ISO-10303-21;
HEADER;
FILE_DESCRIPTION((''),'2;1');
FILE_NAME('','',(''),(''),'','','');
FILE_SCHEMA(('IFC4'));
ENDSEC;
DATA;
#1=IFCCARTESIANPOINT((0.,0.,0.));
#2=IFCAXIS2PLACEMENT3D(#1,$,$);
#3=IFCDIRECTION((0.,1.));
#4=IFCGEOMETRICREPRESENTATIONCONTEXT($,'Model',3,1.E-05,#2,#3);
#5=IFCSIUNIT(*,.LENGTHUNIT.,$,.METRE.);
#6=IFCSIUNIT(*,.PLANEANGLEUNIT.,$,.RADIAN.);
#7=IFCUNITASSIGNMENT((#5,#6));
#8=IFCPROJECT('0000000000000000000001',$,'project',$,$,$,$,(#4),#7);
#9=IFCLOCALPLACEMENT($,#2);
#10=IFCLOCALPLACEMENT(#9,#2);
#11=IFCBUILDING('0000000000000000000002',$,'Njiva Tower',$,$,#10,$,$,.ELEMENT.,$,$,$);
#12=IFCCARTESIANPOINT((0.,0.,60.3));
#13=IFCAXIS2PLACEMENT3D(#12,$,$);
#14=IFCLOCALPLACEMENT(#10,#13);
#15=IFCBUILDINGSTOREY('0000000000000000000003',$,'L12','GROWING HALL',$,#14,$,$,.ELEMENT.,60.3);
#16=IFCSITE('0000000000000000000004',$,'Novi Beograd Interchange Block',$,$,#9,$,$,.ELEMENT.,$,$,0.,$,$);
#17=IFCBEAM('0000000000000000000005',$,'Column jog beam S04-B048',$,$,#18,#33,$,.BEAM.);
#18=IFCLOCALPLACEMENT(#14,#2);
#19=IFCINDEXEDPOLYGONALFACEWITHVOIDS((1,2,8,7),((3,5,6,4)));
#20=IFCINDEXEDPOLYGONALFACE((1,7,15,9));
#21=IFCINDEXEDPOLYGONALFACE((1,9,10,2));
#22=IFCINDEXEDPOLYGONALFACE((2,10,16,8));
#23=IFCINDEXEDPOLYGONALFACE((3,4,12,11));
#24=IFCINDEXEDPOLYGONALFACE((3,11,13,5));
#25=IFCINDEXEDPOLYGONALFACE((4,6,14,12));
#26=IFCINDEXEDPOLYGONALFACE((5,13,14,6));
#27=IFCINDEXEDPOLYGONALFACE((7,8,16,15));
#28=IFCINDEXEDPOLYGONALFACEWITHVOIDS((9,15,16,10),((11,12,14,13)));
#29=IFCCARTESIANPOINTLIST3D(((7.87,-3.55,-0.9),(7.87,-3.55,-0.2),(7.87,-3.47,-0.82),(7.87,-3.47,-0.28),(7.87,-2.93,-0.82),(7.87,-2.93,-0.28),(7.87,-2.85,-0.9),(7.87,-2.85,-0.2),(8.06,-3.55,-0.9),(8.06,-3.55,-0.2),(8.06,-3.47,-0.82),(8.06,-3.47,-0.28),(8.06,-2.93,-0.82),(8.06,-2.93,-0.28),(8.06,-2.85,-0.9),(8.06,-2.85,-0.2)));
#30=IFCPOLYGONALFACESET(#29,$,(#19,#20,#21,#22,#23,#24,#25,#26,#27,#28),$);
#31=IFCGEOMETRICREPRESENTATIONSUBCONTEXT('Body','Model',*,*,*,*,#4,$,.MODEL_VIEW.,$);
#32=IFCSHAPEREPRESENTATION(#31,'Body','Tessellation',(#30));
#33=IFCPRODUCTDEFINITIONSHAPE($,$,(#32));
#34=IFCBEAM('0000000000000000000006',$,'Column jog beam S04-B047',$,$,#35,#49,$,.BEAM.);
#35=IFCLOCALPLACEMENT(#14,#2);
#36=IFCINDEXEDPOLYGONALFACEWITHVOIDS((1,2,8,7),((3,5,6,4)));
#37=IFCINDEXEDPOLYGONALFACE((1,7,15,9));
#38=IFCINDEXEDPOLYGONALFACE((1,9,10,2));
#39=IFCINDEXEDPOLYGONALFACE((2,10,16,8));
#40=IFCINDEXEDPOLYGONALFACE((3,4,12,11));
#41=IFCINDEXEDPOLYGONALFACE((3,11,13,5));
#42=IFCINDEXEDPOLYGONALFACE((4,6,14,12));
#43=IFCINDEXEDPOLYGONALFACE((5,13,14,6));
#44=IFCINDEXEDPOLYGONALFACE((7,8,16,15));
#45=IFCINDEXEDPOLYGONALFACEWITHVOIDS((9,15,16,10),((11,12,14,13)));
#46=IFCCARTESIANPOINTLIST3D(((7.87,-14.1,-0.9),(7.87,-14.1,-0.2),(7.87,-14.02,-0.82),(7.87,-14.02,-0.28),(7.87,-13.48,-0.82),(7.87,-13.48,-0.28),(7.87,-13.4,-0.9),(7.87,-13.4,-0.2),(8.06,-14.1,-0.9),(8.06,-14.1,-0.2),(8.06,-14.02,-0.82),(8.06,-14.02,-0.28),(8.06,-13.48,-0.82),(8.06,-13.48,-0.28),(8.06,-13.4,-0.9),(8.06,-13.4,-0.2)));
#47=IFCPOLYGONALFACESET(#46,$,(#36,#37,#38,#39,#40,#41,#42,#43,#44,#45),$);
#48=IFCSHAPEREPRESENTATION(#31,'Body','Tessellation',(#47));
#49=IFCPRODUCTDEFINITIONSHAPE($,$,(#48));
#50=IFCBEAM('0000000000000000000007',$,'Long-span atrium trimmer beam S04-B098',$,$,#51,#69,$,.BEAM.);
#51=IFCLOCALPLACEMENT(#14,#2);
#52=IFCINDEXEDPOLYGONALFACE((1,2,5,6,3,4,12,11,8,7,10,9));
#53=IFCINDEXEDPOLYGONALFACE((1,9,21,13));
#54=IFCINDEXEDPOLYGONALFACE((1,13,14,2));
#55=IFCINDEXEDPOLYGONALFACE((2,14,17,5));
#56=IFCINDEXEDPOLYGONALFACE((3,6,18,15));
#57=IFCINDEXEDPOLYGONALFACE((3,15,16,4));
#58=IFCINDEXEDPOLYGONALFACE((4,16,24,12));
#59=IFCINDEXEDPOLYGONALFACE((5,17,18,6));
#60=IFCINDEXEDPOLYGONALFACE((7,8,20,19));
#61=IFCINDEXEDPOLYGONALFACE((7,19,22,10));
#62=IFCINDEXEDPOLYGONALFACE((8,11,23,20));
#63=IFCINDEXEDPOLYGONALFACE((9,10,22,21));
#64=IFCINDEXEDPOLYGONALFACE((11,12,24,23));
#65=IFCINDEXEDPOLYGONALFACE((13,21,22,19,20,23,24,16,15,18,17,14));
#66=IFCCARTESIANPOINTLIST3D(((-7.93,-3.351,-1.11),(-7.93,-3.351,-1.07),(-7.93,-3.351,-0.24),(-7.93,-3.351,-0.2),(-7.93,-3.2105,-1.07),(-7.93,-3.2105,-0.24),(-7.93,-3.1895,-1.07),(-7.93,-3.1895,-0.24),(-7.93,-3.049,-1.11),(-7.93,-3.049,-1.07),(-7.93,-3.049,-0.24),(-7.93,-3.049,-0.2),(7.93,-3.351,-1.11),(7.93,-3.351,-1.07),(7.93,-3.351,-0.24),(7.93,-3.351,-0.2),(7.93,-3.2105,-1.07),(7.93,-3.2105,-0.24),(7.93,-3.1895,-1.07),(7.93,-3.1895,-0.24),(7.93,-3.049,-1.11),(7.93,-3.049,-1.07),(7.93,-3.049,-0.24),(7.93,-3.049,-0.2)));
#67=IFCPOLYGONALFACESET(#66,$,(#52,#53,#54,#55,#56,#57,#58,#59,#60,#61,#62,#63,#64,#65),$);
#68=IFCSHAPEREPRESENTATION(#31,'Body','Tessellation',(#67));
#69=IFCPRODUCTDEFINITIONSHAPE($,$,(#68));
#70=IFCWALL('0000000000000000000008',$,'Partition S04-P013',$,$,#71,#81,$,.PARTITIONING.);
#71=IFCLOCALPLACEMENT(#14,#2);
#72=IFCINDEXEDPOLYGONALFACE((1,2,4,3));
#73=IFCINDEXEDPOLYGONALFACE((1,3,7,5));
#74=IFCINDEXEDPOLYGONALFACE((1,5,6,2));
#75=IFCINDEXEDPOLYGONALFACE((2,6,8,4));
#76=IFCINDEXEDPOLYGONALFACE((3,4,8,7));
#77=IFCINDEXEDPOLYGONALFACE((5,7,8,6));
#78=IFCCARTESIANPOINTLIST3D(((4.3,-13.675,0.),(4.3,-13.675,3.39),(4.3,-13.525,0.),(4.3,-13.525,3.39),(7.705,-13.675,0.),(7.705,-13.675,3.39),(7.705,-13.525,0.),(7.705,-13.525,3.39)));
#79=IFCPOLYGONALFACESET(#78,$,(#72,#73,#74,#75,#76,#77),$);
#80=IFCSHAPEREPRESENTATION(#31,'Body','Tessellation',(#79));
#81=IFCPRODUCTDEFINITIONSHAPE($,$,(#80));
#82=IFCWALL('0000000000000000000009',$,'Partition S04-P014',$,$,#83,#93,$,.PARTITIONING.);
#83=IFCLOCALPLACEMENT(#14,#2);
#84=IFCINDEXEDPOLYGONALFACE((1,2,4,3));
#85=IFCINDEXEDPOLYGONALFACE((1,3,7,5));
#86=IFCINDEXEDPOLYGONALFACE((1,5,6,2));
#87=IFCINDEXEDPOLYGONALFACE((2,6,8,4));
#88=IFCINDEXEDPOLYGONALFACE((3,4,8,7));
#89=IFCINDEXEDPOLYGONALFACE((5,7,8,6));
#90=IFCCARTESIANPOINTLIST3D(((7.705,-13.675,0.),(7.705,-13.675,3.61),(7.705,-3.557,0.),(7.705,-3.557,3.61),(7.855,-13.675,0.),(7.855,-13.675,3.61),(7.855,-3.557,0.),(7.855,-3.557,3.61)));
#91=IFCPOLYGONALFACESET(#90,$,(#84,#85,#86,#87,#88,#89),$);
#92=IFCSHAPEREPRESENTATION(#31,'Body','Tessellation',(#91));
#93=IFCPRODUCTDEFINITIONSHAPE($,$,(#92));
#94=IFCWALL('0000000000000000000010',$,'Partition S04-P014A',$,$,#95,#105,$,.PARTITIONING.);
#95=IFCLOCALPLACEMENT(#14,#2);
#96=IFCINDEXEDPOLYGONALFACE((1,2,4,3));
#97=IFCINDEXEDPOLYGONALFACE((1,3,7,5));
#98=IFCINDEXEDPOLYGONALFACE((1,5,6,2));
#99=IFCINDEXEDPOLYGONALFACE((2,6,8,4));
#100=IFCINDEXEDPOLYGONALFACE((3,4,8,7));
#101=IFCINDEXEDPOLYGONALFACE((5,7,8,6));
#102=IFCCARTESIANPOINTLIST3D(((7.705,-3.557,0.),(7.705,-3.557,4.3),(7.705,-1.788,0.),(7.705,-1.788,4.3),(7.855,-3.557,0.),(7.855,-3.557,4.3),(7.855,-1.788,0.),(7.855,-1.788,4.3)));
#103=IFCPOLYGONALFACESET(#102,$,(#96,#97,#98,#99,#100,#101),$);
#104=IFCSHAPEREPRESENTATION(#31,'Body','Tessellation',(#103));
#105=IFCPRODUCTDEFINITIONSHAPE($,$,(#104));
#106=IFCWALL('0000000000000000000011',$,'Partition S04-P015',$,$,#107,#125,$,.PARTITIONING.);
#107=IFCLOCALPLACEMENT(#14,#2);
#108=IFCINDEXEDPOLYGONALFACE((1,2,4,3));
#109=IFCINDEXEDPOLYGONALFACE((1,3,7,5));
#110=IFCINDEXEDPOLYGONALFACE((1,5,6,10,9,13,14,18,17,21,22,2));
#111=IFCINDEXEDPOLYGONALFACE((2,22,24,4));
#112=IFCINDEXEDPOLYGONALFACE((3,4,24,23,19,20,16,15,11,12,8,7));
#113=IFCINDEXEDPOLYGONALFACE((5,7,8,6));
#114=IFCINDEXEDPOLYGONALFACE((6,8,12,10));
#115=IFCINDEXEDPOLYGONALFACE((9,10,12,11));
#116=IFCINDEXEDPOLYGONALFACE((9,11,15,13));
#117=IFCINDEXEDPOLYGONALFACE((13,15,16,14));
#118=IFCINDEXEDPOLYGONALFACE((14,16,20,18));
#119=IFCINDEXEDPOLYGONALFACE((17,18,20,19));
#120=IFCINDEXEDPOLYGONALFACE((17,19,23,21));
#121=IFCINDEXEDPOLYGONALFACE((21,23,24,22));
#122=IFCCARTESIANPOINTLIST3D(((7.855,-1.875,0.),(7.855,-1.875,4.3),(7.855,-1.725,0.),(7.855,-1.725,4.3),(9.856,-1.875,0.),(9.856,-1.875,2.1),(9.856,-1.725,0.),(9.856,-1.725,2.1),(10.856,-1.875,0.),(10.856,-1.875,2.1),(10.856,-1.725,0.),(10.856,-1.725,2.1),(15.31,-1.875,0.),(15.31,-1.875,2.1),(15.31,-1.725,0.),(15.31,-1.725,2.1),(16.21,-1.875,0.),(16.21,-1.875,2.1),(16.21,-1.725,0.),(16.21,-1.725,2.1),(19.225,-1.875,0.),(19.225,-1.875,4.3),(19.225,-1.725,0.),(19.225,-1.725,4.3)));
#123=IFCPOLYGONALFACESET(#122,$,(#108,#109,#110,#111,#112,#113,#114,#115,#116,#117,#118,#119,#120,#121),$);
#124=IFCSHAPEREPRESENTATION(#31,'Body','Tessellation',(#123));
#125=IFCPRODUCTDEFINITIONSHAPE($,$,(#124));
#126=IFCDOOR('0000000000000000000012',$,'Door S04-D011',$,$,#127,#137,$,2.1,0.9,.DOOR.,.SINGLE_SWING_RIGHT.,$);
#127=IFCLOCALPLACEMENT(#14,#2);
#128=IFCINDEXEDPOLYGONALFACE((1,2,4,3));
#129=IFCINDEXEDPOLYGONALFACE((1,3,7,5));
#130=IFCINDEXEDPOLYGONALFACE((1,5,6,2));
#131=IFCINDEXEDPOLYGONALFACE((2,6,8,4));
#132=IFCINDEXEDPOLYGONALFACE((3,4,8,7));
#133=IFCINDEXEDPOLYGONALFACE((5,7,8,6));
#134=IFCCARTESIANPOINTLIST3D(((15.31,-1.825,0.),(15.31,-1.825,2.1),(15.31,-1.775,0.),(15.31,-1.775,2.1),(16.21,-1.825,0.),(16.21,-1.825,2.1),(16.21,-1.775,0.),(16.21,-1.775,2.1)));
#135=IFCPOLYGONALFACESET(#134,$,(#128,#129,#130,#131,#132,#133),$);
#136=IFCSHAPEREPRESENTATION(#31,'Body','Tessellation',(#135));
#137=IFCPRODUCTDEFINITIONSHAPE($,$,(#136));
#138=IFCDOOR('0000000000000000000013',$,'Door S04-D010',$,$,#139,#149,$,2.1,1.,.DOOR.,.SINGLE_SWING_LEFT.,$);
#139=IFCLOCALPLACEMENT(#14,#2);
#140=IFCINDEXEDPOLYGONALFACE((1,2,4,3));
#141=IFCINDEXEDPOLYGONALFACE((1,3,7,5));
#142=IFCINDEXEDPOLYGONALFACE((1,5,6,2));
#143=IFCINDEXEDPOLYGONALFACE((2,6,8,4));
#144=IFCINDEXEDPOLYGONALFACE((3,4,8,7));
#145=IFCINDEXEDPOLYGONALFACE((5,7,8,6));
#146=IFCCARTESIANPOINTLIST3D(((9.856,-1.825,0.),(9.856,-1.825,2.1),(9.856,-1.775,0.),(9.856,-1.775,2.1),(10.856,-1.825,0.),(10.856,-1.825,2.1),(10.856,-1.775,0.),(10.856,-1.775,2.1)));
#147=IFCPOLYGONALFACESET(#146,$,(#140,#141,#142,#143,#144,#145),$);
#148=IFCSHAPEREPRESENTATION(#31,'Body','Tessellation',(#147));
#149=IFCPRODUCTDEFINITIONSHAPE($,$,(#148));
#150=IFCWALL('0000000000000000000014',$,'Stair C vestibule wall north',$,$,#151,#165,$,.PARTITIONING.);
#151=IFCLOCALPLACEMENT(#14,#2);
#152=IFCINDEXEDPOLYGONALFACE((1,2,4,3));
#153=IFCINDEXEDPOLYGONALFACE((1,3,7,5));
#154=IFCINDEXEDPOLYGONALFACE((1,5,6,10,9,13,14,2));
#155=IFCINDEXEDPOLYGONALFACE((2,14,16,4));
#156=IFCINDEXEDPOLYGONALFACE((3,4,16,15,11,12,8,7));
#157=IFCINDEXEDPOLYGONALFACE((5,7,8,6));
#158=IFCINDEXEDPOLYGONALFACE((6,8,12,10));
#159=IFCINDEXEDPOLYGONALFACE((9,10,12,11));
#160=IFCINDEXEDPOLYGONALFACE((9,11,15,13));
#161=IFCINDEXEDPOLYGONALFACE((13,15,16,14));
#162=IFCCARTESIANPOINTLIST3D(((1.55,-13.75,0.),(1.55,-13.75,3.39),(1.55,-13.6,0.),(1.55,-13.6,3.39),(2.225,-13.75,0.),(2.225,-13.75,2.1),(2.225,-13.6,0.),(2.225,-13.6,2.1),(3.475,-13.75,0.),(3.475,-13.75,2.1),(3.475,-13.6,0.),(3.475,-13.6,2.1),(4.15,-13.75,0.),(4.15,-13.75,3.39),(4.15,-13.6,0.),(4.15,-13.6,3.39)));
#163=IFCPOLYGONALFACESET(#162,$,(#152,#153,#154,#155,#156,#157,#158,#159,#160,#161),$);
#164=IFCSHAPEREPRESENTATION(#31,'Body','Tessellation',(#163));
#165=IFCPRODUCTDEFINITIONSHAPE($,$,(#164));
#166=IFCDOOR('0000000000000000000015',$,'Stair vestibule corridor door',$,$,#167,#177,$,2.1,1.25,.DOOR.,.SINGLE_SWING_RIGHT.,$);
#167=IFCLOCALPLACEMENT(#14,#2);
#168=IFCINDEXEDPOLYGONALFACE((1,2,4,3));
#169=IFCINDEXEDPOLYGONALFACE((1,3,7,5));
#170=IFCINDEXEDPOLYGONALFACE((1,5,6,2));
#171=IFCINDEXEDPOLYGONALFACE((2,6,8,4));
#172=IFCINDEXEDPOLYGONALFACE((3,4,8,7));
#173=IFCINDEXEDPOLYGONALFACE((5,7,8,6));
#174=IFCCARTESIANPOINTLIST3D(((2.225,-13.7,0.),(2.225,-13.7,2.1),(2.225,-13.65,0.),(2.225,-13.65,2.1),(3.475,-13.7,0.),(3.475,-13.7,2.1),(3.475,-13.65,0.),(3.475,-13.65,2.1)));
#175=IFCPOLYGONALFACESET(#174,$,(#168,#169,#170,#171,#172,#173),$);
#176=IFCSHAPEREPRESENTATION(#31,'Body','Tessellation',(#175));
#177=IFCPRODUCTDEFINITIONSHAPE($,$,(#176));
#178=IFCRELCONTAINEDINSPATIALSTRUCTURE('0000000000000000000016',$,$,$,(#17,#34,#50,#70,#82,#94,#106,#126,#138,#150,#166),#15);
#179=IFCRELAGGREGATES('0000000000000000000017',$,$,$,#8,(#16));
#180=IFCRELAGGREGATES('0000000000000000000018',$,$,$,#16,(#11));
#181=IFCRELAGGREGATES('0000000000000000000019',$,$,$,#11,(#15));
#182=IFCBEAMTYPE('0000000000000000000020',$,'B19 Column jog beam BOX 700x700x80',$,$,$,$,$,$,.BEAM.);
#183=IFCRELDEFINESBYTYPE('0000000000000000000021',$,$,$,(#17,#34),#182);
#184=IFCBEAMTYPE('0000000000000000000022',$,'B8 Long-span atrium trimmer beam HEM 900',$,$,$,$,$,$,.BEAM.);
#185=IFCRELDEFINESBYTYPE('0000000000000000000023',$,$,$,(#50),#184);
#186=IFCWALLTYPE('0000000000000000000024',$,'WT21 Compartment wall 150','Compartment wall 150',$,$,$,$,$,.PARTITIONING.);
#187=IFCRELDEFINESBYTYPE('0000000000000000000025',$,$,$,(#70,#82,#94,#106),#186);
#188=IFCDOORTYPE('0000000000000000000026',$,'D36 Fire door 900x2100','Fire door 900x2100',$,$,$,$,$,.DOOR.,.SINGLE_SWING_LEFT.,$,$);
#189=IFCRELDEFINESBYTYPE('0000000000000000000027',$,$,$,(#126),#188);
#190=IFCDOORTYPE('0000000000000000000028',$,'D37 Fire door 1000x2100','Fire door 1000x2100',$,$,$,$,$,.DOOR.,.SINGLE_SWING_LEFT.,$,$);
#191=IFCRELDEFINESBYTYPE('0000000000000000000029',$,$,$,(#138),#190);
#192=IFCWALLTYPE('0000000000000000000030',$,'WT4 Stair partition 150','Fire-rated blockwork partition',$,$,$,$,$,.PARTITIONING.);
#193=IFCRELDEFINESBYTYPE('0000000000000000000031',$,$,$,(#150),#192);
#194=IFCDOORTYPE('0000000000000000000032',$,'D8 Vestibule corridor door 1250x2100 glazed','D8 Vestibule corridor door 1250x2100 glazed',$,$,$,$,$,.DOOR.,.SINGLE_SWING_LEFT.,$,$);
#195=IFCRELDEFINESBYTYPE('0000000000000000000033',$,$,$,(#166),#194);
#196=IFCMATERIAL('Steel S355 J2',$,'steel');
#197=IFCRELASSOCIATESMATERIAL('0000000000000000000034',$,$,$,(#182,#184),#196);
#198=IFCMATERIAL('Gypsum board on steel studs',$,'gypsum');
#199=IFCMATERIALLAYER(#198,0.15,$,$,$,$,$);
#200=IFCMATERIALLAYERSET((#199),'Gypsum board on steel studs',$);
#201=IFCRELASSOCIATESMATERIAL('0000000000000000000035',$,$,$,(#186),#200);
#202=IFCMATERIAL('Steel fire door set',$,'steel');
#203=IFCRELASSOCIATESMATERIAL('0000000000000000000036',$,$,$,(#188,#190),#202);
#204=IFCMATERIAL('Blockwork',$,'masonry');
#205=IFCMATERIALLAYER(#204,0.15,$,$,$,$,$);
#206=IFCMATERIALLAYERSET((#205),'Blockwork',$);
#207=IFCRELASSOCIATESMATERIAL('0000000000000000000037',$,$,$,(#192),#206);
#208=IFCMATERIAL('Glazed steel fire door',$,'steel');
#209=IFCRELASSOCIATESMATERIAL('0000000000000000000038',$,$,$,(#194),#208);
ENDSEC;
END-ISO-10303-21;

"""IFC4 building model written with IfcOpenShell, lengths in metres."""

from ifc_helpers import new_model, si_unit, direction, frame, frame_2d, origin, origin_2d, place, context, subcontext, project, spatial, rectangle, hollow_rectangle, i_section, extrude, material, layer, layer_set, material_profile, profile_set, type_object, element, fill, save


model = new_model("IFC4")

# Units and contexts
model_context = context("Model", 3, precision=1e-05, world=origin(), true_north=direction((0.0, 1.0)))
body_context = subcontext(model_context, "Body", "Model", "MODEL_VIEW")
ifc_project = project(units=[si_unit("LENGTHUNIT", "METRE"), si_unit("PLANEANGLEUNIT", "RADIAN")], contexts=[model_context])

# Site, building, storey
site_placement = place(None, origin())
site = spatial("IfcSite", under=ifc_project, at=site_placement, Name="Novi Beograd Interchange Block", CompositionType="ELEMENT", RefElevation=0.0)
building_placement = place(site_placement, origin())
building = spatial("IfcBuilding", under=site, at=building_placement, Name="Njiva Tower", CompositionType="ELEMENT")
storey_placement = place(building_placement, frame((0.0, 0.0, 60.3)))
storey = spatial("IfcBuildingStorey", under=building, at=storey_placement, Name="L12", Description="GROWING HALL", CompositionType="ELEMENT", Elevation=60.3)

# Shared definitions
ifc_material_1 = material(Name="Steel S355 J2", Category="steel")

# Beams
ifc_material_profile_1 = material_profile(ifc_material_1, hollow_rectangle(XDim=0.7, YDim=0.7, WallThickness=0.08, at=origin_2d()), Name="BOX 700x700x80")
ifc_profile_set_1 = profile_set([ifc_material_profile_1], Name="Steel S355 J2")
beam_type_1 = type_object("IfcBeamType", Name="B19 Column jog beam BOX 700x700x80", PredefinedType="BEAM", material=ifc_profile_set_1)
for number, where, z_axis, x_axis, name in (
    (1, (8.06, -3.2, -0.55), (-1.0, 0.0, 0.0), (0.0, -1.0, 0.0), "Column jog beam S04-B048"),
    (2, (8.06, -13.75, -0.55), (-1.0, 0.0, 0.0), (0.0, -1.0, 0.0), "Column jog beam S04-B047"),
):
    element("IfcBeam", number, at=place(storey_placement, frame(where, z_axis=z_axis, x_axis=x_axis)), inside=storey, type_object=beam_type_1, Name=name, PredefinedType="BEAM", context=body_context, shape_type="SweptSolid", body=[
        extrude(hollow_rectangle(XDim=0.7, YDim=0.7, WallThickness=0.08, at=origin_2d()), origin(), (0.0, 0.0, 1.0), 0.19),
    ])
ifc_material_profile_2 = material_profile(ifc_material_1, i_section(OverallWidth=0.302, OverallDepth=0.91, WebThickness=0.021, FlangeThickness=0.04, at=origin_2d()), Name="HEM 900")
ifc_profile_set_2 = profile_set([ifc_material_profile_2], Name="Steel S355 J2")
beam_type_2 = type_object("IfcBeamType", Name="B8 Long-span atrium trimmer beam HEM 900", PredefinedType="BEAM", material=ifc_profile_set_2)
beam_1_placement = place(storey_placement, frame((7.93, -3.2, -0.655), z_axis=(-1.0, 0.0, 0.0), x_axis=(0.0, -1.0, 0.0)))
element("IfcBeam", 3, at=beam_1_placement, inside=storey, type_object=beam_type_2, Name="Long-span atrium trimmer beam S04-B098", PredefinedType="BEAM", context=body_context, shape_type="SweptSolid", body=[
    extrude(i_section(OverallWidth=0.302, OverallDepth=0.91, WebThickness=0.021, FlangeThickness=0.04, at=origin_2d()), origin(), (0.0, 0.0, 1.0), 15.86),
])

# Walls
ifc_material_2 = material(Name="Gypsum board on steel studs", Category="gypsum")
ifc_layer_1 = layer(ifc_material_2, 0.15)
ifc_layer_set_1 = layer_set([ifc_layer_1], Name="Gypsum board on steel studs")
wall_type_1 = type_object("IfcWallType", Name="WT21 Compartment wall 150", Description="Compartment wall 150", PredefinedType="PARTITIONING", material=ifc_layer_set_1)
wall_1_placement = place(storey_placement, frame((4.3, -13.6, 0.0), z_axis=(0.0, 0.0, 1.0), x_axis=(1.0, 0.0, 0.0)))
element("IfcWall", 4, at=wall_1_placement, inside=storey, type_object=wall_type_1, Name="Partition S04-P013", PredefinedType="PARTITIONING", context=body_context, shape_type="SweptSolid", body=[
    extrude(rectangle(XDim=3.405, YDim=0.15, at=frame_2d((1.7025, 0.0))), origin(), (0.0, 0.0, 1.0), 3.39),
])
wall_2_placement = place(storey_placement, frame((7.78, -13.675, 0.0), z_axis=(0.0, 0.0, 1.0), x_axis=(0.0, 1.0, 0.0)))
element("IfcWall", 5, at=wall_2_placement, inside=storey, type_object=wall_type_1, Name="Partition S04-P014", PredefinedType="PARTITIONING", context=body_context, shape_type="SweptSolid", body=[
    extrude(rectangle(XDim=10.118, YDim=0.15, at=frame_2d((5.059, 0.0))), origin(), (0.0, 0.0, 1.0), 3.61),
])
wall_3_placement = place(storey_placement, frame((7.78, -3.557, 0.0), z_axis=(0.0, 0.0, 1.0), x_axis=(0.0, 1.0, 0.0)))
element("IfcWall", 6, at=wall_3_placement, inside=storey, type_object=wall_type_1, Name="Partition S04-P014A", PredefinedType="PARTITIONING", context=body_context, shape_type="SweptSolid", body=[
    extrude(rectangle(XDim=1.769, YDim=0.15, at=frame_2d((0.8845, 0.0))), origin(), (0.0, 0.0, 1.0), 4.3),
])

# Wall, openings, doors
wall_4_placement = place(storey_placement, frame((7.855, -1.8, 0.0), z_axis=(0.0, 0.0, 1.0), x_axis=(1.0, 0.0, 0.0)))
wall_4 = element("IfcWall", 7, at=wall_4_placement, inside=storey, type_object=wall_type_1, Name="Partition S04-P015", PredefinedType="PARTITIONING", context=body_context, shape_type="SweptSolid", body=[
    extrude(rectangle(XDim=11.37, YDim=0.15, at=frame_2d((5.685, 0.0))), origin(), (0.0, 0.0, 1.0), 4.3),
])
opening_1_placement = place(wall_4_placement, frame((2.001, 0.0, 0.0)))
opening_1 = element("IfcOpeningElement", 8, at=opening_1_placement, cuts=wall_4, PredefinedType="OPENING", context=body_context, shape_type="SweptSolid", body=[
    extrude(rectangle(XDim=1.0, YDim=2.1, at=frame_2d((0.5, 1.05))), frame((0.0, 0.085, 0.0), z_axis=(0.0, -1.0, 0.0), x_axis=(1.0, 0.0, 0.0)), (0.0, 0.0, 1.0), 0.17),
])
opening_2_placement = place(wall_4_placement, frame((7.455, 0.0, 0.0)))
opening_2 = element("IfcOpeningElement", 9, at=opening_2_placement, cuts=wall_4, PredefinedType="OPENING", context=body_context, shape_type="SweptSolid", body=[
    extrude(rectangle(XDim=0.9, YDim=2.1, at=frame_2d((0.45, 1.05))), frame((0.0, 0.085, 0.0), z_axis=(0.0, -1.0, 0.0), x_axis=(1.0, 0.0, 0.0)), (0.0, 0.0, 1.0), 0.17),
])
ifc_material_3 = material(Name="Steel fire door set", Category="steel")
door_type_1 = type_object("IfcDoorType", Name="D36 Fire door 900x2100", Description="Fire door 900x2100", OperationType="SINGLE_SWING_LEFT", PredefinedType="DOOR", material=ifc_material_3)
door_1_placement = place(opening_2_placement, origin())
door_1 = element("IfcDoor", 10, at=door_1_placement, inside=storey, type_object=door_type_1, Name="Door S04-D011", OperationType="SINGLE_SWING_RIGHT", OverallHeight=2.1, OverallWidth=0.9, PredefinedType="DOOR", context=body_context, shape_type="SweptSolid", body=[
    extrude(rectangle(XDim=0.9, YDim=2.1, at=frame_2d((0.45, 1.05))), frame((0.0, 0.025, 0.0), z_axis=(0.0, -1.0, 0.0), x_axis=(1.0, 0.0, 0.0)), (0.0, 0.0, 1.0), 0.05),
])
fill(opening_2, door_1)
door_type_2 = type_object("IfcDoorType", Name="D37 Fire door 1000x2100", Description="Fire door 1000x2100", OperationType="SINGLE_SWING_LEFT", PredefinedType="DOOR", material=ifc_material_3)
door_2_placement = place(opening_1_placement, origin())
door_2 = element("IfcDoor", 11, at=door_2_placement, inside=storey, type_object=door_type_2, Name="Door S04-D010", OperationType="SINGLE_SWING_LEFT", OverallHeight=2.1, OverallWidth=1.0, PredefinedType="DOOR", context=body_context, shape_type="SweptSolid", body=[
    extrude(rectangle(XDim=1.0, YDim=2.1, at=frame_2d((0.5, 1.05))), frame((0.0, 0.025, 0.0), z_axis=(0.0, -1.0, 0.0), x_axis=(1.0, 0.0, 0.0)), (0.0, 0.0, 1.0), 0.05),
])
fill(opening_1, door_2)

# Wall, opening, door
ifc_material_4 = material(Name="Blockwork", Category="masonry")
ifc_layer_2 = layer(ifc_material_4, 0.15)
ifc_layer_set_2 = layer_set([ifc_layer_2], Name="Blockwork")
wall_type_2 = type_object("IfcWallType", Name="WT4 Stair partition 150", Description="Fire-rated blockwork partition", PredefinedType="PARTITIONING", material=ifc_layer_set_2)
wall_5_placement = place(storey_placement, frame((1.55, -13.675, 0.0), z_axis=(0.0, 0.0, 1.0), x_axis=(1.0, 0.0, 0.0)))
wall_5 = element("IfcWall", 12, at=wall_5_placement, inside=storey, type_object=wall_type_2, Name="Stair C vestibule wall north", PredefinedType="PARTITIONING", context=body_context, shape_type="SweptSolid", body=[
    extrude(rectangle(XDim=2.6, YDim=0.15, at=frame_2d((1.3, 0.0))), origin(), (0.0, 0.0, 1.0), 3.39),
])
opening_3_placement = place(wall_5_placement, frame((0.675, 0.0, 0.0)))
opening_3 = element("IfcOpeningElement", 13, at=opening_3_placement, cuts=wall_5, PredefinedType="OPENING", context=body_context, shape_type="SweptSolid", body=[
    extrude(rectangle(XDim=1.25, YDim=2.1, at=frame_2d((0.625, 1.05))), frame((0.0, 0.085, 0.0), z_axis=(0.0, -1.0, 0.0), x_axis=(1.0, 0.0, 0.0)), (0.0, 0.0, 1.0), 0.17),
])
ifc_material_5 = material(Name="Glazed steel fire door", Category="steel")
door_type_3 = type_object("IfcDoorType", Name="D8 Vestibule corridor door 1250x2100 glazed", Description="D8 Vestibule corridor door 1250x2100 glazed", OperationType="SINGLE_SWING_LEFT", PredefinedType="DOOR", material=ifc_material_5)
door_3_placement = place(opening_3_placement, origin())
door_3 = element("IfcDoor", 14, at=door_3_placement, inside=storey, type_object=door_type_3, Name="Stair vestibule corridor door", OperationType="SINGLE_SWING_RIGHT", OverallHeight=2.1, OverallWidth=1.25, PredefinedType="DOOR", context=body_context, shape_type="SweptSolid", body=[
    extrude(rectangle(XDim=1.25, YDim=2.1, at=frame_2d((0.625, 1.05))), frame((0.0, 0.025, 0.0), z_axis=(0.0, -1.0, 0.0), x_axis=(1.0, 0.0, 0.0)), (0.0, 0.0, 1.0), 0.05),
])
fill(opening_3, door_3)

save(model, "model.ifc")
